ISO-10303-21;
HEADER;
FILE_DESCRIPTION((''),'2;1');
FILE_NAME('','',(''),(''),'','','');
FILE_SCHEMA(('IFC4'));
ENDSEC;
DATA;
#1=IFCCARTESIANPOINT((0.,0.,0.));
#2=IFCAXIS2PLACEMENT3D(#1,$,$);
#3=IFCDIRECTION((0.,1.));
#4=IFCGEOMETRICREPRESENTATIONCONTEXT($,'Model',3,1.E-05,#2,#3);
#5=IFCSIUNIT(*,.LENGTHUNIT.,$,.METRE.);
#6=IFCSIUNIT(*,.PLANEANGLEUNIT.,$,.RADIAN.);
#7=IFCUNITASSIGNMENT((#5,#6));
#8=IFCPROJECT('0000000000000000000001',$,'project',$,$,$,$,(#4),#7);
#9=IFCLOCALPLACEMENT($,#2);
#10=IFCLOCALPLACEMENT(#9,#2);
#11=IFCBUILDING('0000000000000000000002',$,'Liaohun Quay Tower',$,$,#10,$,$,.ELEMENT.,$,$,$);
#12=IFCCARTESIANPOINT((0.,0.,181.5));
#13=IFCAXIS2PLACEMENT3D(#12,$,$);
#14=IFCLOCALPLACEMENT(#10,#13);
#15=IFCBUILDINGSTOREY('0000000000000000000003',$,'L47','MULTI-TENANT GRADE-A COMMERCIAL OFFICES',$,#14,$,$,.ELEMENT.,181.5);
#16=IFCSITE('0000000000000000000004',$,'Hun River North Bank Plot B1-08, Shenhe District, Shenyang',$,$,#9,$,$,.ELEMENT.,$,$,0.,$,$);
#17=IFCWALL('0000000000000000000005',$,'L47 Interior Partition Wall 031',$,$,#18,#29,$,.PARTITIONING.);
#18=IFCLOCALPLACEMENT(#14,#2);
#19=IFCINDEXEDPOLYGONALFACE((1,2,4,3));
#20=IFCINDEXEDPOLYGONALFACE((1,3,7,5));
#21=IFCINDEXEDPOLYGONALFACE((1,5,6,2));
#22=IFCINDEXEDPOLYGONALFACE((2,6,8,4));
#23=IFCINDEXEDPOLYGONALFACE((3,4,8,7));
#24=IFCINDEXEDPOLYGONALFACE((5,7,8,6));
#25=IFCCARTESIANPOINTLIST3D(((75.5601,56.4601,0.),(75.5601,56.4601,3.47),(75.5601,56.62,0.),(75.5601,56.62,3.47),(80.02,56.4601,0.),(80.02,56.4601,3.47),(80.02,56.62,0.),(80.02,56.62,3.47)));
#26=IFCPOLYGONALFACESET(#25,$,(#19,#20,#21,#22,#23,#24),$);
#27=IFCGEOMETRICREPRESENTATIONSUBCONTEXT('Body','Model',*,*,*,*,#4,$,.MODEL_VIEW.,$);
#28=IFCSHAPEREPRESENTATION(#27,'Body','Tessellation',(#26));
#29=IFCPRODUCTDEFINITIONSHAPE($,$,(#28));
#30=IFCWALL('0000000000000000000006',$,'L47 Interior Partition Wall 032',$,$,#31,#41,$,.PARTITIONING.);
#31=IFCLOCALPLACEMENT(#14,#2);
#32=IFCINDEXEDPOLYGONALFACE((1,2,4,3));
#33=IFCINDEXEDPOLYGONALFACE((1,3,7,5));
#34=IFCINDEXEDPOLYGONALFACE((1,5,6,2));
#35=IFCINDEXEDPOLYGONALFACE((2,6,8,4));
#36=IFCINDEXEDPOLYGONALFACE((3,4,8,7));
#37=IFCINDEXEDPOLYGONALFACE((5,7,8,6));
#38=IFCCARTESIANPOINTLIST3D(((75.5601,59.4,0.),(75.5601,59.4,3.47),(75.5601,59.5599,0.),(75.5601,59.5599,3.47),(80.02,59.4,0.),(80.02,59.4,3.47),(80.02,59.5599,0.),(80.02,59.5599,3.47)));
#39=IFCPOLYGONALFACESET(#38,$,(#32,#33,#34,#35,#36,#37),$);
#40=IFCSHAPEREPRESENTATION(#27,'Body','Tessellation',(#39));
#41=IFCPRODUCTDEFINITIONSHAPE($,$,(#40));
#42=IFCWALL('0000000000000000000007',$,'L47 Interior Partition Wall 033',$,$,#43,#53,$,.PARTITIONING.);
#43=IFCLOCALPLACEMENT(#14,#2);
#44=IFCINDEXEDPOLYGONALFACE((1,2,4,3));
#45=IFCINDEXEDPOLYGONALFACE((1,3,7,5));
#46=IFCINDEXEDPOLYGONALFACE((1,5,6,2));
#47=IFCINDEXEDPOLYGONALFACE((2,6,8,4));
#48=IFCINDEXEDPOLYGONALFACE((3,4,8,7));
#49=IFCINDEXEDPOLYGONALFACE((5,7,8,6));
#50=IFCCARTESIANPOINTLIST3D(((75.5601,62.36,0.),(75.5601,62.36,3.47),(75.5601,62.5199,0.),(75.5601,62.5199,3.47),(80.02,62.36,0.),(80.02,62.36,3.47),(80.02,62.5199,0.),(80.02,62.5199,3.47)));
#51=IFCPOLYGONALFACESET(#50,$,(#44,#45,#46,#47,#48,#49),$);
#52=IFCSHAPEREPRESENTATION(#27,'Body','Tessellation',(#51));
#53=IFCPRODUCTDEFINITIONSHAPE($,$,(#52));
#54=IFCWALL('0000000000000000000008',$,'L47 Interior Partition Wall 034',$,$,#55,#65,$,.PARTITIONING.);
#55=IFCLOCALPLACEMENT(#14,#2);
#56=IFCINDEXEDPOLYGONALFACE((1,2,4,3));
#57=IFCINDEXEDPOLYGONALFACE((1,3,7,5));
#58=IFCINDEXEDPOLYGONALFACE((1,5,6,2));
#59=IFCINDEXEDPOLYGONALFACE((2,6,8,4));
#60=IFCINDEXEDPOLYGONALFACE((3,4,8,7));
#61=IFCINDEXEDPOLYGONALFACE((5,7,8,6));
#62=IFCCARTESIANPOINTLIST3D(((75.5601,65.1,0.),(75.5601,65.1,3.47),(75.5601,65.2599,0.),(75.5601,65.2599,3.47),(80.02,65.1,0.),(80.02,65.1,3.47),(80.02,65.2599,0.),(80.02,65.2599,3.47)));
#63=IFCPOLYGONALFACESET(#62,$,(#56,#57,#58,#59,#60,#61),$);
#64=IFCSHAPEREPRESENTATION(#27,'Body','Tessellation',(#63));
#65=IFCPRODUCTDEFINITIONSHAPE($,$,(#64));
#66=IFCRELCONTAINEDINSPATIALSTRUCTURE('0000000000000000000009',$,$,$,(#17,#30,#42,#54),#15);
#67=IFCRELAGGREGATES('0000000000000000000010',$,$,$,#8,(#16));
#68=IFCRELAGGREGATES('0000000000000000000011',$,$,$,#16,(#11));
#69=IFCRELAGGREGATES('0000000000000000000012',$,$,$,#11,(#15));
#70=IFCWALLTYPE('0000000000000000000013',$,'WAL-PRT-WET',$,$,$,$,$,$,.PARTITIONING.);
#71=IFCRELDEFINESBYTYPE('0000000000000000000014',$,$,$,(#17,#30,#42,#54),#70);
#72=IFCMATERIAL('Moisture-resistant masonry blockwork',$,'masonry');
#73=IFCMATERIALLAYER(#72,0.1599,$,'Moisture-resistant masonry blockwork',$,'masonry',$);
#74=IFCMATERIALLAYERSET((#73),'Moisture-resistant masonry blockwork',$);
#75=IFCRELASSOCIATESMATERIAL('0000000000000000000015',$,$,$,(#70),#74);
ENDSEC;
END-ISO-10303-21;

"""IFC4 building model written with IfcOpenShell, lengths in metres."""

from ifc_helpers import new_model, si_unit, direction, frame, frame_2d, origin, place, context, subcontext, project, spatial, rectangle, extrude, material, layer, layer_set, type_object, element, save


model = new_model("IFC4")

# Units and contexts
model_context = context("Model", 3, precision=1e-05, world=origin(), true_north=direction((0.0, 1.0)))
body_context = subcontext(model_context, "Body", "Model", "MODEL_VIEW")
ifc_project = project(units=[si_unit("LENGTHUNIT", "METRE"), si_unit("PLANEANGLEUNIT", "RADIAN")], contexts=[model_context])

# Site, building, storey
site_placement = place(None, origin())
site = spatial("IfcSite", under=ifc_project, at=site_placement, Name="Hun River North Bank Plot B1-08, Shenhe District, Shenyang", CompositionType="ELEMENT", RefElevation=0.0)
building_placement = place(site_placement, origin())
building = spatial("IfcBuilding", under=site, at=building_placement, Name="Liaohun Quay Tower", CompositionType="ELEMENT")
storey_placement = place(building_placement, frame((0.0, 0.0, 181.5)))
storey = spatial("IfcBuildingStorey", under=building, at=storey_placement, Name="L47", Description="MULTI-TENANT GRADE-A COMMERCIAL OFFICES", CompositionType="ELEMENT", Elevation=181.5)

# Shared definitions
ifc_material_1 = material(Name="Moisture-resistant masonry blockwork", Category="masonry")
ifc_layer_1 = layer(ifc_material_1, 0.1599, Name="Moisture-resistant masonry blockwork", Category="masonry")
ifc_layer_set_1 = layer_set([ifc_layer_1], Name="Moisture-resistant masonry blockwork")
wall_type_1 = type_object("IfcWallType", Name="WAL-PRT-WET", PredefinedType="PARTITIONING", material=ifc_layer_set_1)

# Walls
for number, where, z_axis, x_axis, name in (
    (1, (75.5601, 56.54, 0.0), (0.0, 0.0, 1.0), (1.0, 0.0, 0.0), "L47 Interior Partition Wall 031"),
    (2, (75.5601, 59.48, 0.0), (0.0, 0.0, 1.0), (1.0, 0.0, 0.0), "L47 Interior Partition Wall 032"),
    (3, (75.5601, 62.4399, 0.0), (0.0, 0.0, 1.0), (1.0, 0.0, 0.0), "L47 Interior Partition Wall 033"),
    (4, (75.5601, 65.1799, 0.0), (0.0, 0.0, 1.0), (1.0, 0.0, 0.0), "L47 Interior Partition Wall 034"),
):
    element("IfcWall", number, at=place(storey_placement, frame(where, z_axis=z_axis, x_axis=x_axis)), inside=storey, type_object=wall_type_1, Name=name, PredefinedType="PARTITIONING", context=body_context, shape_type="SweptSolid", body=[
        extrude(rectangle(XDim=4.46, YDim=0.1599, at=frame_2d((2.23, 0.0))), origin(), (0.0, 0.0, 1.0), 3.47),
    ])

save(model, "model.ifc")
